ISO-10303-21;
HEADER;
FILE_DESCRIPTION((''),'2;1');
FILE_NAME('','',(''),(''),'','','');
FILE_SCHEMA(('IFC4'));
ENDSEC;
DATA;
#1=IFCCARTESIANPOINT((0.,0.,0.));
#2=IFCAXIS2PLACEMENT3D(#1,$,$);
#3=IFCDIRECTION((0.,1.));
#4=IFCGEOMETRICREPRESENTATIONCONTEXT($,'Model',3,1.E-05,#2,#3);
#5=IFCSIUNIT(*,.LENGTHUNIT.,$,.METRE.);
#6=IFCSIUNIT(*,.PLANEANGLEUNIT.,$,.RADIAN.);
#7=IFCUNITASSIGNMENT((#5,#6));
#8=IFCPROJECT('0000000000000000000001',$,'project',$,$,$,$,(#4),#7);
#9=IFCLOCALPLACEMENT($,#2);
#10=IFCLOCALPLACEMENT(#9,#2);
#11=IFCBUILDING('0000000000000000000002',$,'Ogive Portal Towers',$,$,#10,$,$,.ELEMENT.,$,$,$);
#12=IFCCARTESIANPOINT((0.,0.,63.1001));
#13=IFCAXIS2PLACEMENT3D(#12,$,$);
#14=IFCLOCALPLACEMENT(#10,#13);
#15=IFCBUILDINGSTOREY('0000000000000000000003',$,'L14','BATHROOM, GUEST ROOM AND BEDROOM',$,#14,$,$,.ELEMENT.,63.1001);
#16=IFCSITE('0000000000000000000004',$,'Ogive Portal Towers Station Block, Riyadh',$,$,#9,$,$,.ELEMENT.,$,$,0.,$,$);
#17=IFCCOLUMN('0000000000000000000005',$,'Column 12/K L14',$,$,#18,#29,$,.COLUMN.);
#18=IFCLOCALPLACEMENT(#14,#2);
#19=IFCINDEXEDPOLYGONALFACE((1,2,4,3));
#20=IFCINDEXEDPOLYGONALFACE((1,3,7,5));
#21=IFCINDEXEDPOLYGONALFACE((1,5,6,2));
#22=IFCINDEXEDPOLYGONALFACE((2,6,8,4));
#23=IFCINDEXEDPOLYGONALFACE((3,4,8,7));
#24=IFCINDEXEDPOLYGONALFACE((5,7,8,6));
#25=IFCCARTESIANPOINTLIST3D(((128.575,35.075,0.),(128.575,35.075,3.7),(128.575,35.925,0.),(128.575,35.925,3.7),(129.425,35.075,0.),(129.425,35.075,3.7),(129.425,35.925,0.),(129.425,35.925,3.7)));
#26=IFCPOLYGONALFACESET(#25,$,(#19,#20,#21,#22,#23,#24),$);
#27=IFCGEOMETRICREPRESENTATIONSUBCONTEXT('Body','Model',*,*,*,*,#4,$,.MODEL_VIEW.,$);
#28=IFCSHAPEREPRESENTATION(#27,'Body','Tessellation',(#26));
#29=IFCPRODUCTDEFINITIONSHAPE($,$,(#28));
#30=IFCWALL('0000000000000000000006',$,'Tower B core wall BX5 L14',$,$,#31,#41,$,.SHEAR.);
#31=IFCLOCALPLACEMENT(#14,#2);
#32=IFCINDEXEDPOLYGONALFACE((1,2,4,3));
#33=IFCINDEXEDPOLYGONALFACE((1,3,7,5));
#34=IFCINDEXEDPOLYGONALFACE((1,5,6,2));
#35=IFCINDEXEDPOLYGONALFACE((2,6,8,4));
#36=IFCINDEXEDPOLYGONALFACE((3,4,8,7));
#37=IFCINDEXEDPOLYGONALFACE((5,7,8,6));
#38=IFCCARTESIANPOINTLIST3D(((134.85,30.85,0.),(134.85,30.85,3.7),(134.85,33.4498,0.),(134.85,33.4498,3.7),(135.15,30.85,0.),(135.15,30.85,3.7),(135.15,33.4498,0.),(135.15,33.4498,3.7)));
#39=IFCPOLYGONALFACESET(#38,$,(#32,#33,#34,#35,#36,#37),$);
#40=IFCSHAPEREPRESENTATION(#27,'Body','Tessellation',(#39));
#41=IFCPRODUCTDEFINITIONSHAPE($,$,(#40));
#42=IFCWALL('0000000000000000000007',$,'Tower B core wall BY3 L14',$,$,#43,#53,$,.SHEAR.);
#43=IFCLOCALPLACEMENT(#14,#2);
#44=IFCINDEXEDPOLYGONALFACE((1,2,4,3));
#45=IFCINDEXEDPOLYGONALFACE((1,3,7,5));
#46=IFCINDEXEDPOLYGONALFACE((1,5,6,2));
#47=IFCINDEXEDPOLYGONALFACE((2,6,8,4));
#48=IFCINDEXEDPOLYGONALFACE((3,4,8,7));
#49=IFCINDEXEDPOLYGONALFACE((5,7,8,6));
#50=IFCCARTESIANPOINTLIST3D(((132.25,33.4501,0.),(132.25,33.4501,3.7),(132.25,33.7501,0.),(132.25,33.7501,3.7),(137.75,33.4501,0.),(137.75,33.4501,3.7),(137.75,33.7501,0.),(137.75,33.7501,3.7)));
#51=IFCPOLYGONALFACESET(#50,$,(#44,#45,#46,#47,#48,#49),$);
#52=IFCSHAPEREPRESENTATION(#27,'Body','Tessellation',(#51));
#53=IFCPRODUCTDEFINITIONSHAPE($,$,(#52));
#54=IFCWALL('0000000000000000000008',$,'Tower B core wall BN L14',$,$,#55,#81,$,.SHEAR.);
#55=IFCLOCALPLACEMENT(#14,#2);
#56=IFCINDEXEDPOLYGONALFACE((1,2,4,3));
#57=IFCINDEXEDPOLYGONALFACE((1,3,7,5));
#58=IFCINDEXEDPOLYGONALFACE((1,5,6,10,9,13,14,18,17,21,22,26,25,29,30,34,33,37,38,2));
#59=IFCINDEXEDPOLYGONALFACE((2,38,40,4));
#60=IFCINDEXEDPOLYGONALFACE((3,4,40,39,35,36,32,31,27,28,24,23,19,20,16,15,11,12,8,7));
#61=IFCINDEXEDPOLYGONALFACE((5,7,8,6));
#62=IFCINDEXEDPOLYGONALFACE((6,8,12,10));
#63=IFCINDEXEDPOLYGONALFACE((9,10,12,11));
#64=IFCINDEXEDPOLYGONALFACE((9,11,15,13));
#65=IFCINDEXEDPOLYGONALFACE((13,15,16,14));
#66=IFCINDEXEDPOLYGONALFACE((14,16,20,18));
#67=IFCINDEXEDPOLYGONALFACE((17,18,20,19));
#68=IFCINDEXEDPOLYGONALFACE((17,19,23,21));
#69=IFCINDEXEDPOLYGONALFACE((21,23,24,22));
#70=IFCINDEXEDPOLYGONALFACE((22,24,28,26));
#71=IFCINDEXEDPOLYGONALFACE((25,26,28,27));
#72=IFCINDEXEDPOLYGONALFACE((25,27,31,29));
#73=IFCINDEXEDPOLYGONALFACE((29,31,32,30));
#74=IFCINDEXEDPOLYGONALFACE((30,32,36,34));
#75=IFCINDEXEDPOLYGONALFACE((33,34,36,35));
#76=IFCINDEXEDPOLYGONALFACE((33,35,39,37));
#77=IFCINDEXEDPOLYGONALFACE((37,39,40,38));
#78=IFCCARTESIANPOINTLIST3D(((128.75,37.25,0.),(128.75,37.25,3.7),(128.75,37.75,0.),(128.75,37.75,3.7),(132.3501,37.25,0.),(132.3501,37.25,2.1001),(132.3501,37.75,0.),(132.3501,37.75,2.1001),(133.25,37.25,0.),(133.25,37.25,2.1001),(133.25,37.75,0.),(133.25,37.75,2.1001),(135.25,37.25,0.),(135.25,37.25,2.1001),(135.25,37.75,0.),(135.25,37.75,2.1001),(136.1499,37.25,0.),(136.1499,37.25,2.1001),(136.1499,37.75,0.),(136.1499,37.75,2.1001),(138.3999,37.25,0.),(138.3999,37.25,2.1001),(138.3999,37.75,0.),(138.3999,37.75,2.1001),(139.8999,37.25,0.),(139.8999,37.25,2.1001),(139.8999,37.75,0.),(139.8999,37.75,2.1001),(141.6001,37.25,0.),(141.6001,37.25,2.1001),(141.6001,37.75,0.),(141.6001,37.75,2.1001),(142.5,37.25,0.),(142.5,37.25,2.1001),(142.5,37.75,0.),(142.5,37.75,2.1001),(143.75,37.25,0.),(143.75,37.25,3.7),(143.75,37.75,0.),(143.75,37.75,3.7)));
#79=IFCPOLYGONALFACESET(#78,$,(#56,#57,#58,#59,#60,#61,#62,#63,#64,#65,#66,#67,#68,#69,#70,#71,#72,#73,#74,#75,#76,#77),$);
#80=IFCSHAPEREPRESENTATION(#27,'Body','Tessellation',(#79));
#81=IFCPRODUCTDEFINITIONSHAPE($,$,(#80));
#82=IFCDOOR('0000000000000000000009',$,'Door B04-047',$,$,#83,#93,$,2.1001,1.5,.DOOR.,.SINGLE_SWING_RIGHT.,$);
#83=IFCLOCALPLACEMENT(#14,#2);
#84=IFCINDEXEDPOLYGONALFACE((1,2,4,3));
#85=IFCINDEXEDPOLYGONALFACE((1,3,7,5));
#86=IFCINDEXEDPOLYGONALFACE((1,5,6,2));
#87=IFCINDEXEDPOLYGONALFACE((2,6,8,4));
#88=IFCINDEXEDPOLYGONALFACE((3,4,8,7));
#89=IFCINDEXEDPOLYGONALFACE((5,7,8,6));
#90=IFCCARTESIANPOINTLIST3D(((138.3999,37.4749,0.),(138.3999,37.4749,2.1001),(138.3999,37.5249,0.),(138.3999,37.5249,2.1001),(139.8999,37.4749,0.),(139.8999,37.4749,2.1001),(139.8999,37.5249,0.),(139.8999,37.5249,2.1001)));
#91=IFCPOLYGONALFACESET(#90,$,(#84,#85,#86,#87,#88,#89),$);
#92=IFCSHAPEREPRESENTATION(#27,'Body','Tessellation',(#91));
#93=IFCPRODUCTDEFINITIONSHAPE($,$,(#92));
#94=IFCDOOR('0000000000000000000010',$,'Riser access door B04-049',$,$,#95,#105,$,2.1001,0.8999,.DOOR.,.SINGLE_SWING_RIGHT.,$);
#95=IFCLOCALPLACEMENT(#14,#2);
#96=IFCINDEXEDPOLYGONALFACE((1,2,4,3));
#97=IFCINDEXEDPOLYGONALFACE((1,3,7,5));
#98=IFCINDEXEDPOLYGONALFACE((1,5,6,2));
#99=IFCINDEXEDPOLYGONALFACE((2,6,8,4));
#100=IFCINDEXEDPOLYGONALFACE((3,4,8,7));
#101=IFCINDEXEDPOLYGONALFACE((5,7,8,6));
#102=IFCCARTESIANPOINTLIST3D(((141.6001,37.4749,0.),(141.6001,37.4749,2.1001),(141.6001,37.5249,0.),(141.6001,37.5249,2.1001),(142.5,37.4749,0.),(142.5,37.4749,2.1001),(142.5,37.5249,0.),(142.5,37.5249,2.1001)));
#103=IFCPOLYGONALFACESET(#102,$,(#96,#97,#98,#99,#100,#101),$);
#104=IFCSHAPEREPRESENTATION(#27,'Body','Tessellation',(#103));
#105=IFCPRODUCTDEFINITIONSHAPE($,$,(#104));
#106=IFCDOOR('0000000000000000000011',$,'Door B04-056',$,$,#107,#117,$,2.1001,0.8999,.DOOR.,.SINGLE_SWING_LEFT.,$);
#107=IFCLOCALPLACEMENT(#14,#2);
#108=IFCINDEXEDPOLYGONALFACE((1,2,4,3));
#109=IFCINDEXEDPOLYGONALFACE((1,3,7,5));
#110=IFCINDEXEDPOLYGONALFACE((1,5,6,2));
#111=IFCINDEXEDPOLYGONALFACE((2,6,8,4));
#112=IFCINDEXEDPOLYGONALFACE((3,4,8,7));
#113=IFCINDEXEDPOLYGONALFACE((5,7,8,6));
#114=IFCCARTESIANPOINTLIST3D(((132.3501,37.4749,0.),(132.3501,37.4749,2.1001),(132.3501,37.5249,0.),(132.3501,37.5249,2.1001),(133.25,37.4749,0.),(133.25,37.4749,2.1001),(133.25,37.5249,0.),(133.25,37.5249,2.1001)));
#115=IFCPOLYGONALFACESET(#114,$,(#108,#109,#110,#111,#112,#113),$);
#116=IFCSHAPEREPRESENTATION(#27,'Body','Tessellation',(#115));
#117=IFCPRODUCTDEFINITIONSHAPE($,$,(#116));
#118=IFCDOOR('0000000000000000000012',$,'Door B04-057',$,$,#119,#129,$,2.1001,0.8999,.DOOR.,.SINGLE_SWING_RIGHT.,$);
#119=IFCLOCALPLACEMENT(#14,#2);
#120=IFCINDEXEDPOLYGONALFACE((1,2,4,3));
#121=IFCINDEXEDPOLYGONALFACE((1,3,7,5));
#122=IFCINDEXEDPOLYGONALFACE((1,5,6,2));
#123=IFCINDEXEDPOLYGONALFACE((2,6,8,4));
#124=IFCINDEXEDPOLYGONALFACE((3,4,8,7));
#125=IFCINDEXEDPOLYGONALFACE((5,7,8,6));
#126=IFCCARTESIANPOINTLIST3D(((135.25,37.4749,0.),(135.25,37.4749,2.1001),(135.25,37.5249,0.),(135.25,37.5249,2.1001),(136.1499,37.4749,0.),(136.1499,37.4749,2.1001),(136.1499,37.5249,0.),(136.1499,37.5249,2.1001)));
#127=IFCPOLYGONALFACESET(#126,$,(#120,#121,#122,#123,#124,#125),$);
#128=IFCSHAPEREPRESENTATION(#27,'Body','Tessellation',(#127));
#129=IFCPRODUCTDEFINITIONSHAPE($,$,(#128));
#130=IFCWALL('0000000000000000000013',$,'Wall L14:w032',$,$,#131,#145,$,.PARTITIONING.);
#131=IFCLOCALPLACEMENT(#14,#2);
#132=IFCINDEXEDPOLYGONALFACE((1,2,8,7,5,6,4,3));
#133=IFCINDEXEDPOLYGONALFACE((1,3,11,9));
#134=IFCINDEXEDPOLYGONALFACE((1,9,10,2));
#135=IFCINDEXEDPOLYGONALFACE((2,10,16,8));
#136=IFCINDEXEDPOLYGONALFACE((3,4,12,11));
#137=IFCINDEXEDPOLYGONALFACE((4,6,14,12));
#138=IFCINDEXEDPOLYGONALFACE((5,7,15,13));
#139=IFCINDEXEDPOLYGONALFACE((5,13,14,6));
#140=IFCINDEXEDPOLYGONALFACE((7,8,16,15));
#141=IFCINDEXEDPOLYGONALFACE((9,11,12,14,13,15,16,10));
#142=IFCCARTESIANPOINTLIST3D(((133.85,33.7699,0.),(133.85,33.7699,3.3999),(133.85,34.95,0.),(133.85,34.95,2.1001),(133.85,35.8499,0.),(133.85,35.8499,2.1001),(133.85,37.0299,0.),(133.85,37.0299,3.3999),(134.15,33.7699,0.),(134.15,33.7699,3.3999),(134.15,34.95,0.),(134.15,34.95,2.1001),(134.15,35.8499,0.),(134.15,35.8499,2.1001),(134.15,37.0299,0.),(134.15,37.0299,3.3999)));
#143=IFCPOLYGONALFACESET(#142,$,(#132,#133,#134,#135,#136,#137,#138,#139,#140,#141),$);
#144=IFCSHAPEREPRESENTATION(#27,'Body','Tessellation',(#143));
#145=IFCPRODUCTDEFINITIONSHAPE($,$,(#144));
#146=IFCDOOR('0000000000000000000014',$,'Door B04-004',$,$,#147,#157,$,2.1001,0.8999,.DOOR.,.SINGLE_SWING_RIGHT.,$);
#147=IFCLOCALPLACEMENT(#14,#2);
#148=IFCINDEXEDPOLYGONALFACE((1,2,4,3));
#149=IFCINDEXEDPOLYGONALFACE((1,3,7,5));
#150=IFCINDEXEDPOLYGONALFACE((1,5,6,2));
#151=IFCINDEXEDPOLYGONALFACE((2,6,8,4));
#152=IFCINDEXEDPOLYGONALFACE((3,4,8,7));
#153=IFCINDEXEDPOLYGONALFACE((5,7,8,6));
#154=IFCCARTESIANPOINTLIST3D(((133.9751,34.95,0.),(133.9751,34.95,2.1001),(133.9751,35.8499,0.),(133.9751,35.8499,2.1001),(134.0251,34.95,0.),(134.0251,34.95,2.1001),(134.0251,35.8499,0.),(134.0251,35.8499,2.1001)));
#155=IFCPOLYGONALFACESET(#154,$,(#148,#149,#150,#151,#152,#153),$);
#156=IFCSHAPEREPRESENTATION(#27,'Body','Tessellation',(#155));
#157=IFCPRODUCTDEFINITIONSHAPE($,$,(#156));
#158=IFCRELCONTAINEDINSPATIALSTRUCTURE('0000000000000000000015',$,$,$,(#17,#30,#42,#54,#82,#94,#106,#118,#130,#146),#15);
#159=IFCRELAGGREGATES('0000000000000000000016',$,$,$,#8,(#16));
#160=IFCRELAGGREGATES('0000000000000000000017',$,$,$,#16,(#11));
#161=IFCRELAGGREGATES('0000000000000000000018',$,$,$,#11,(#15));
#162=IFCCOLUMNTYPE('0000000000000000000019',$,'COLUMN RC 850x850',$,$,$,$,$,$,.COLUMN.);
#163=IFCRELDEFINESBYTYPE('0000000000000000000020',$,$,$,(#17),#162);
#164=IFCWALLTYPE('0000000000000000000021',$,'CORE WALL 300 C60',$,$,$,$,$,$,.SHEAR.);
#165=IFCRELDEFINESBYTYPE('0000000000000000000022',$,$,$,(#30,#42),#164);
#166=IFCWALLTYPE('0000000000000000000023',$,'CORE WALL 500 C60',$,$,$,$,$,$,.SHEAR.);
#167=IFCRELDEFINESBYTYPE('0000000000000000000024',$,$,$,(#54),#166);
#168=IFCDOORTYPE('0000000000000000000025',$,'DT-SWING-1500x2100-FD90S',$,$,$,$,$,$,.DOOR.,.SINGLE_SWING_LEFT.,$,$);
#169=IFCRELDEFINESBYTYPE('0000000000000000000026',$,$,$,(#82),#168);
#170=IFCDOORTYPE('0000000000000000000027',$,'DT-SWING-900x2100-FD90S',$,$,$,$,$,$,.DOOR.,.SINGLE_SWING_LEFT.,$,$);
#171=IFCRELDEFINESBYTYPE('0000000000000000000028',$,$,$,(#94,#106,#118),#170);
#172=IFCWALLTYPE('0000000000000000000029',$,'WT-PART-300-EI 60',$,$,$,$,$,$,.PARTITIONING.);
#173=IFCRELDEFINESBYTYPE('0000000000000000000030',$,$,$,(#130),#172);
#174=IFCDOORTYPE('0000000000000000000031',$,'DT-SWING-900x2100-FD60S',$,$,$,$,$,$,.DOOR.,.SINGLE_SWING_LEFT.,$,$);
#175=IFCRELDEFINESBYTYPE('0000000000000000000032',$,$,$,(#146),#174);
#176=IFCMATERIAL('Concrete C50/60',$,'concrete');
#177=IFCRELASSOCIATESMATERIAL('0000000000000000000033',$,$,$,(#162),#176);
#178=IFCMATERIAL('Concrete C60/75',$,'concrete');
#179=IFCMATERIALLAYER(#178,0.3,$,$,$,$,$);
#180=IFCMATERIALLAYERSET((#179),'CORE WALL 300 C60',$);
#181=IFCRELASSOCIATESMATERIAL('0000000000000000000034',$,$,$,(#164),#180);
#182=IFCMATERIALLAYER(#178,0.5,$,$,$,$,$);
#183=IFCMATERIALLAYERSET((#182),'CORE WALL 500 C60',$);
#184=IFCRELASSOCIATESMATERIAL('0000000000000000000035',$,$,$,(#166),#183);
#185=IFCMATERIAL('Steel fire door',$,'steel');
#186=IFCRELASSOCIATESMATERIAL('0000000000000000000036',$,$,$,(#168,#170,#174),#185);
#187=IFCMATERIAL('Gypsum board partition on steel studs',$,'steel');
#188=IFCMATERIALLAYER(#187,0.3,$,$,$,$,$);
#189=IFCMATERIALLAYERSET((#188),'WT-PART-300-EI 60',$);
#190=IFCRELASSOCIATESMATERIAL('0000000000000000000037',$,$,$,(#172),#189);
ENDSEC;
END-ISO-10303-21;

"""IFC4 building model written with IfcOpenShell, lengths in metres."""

from ifc_helpers import new_model, si_unit, direction, frame, frame_2d, origin, origin_2d, place, context, subcontext, project, spatial, rectangle, extrude, material, layer, layer_set, material_profile, profile_set, type_object, element, fill, save


model = new_model("IFC4")

# Units and contexts
model_context = context("Model", 3, precision=1e-05, world=origin(), true_north=direction((0.0, 1.0)))
body_context = subcontext(model_context, "Body", "Model", "MODEL_VIEW")
ifc_project = project(units=[si_unit("LENGTHUNIT", "METRE"), si_unit("PLANEANGLEUNIT", "RADIAN")], contexts=[model_context])

# Site, building, storey
site_placement = place(None, origin())
site = spatial("IfcSite", under=ifc_project, at=site_placement, Name="Ogive Portal Towers Station Block, Riyadh", CompositionType="ELEMENT", RefElevation=0.0)
building_placement = place(site_placement, origin())
building = spatial("IfcBuilding", under=site, at=building_placement, Name="Ogive Portal Towers", CompositionType="ELEMENT")
storey_placement = place(building_placement, frame((0.0, 0.0, 63.1001)))
storey = spatial("IfcBuildingStorey", under=building, at=storey_placement, Name="L14", Description="BATHROOM, GUEST ROOM AND BEDROOM", CompositionType="ELEMENT", Elevation=63.1001)

# Column
ifc_material_1 = material(Name="Concrete C50/60", Category="concrete")
ifc_material_profile = material_profile(ifc_material_1, rectangle(XDim=0.8501, YDim=0.8501, at=origin_2d()), Name="RC 850x850")
ifc_profile_set = profile_set([ifc_material_profile], Name="Concrete C50/60")
column_type = type_object("IfcColumnType", Name="COLUMN RC 850x850", PredefinedType="COLUMN", material=ifc_profile_set)
column_placement = place(storey_placement, frame((129.0, 35.5, 0.0), z_axis=(0.0, 0.0, 1.0), x_axis=(1.0, 0.0, 0.0)))
element("IfcColumn", 1, at=column_placement, inside=storey, type_object=column_type, Name="Column 12/K L14", PredefinedType="COLUMN", context=body_context, shape_type="SweptSolid", body=[
    extrude(rectangle(XDim=0.8501, YDim=0.8501, at=origin_2d()), origin(), (0.0, 0.0, 1.0), 3.7),
])

# Wall
ifc_material_2 = material(Name="Concrete C60/75", Category="concrete")
ifc_layer_1 = layer(ifc_material_2, 0.3)
ifc_layer_set_1 = layer_set([ifc_layer_1], Name="CORE WALL 300 C60")
wall_type_1 = type_object("IfcWallType", Name="CORE WALL 300 C60", PredefinedType="SHEAR", material=ifc_layer_set_1)
wall_1_placement = place(storey_placement, frame((135.0, 30.8501, 0.0), z_axis=(0.0, 0.0, 1.0), x_axis=(0.0, 1.0, 0.0)))
element("IfcWall", 2, at=wall_1_placement, inside=storey, type_object=wall_type_1, Name="Tower B core wall BX5 L14", PredefinedType="SHEAR", context=body_context, shape_type="SweptSolid", body=[
    extrude(rectangle(XDim=2.5999, YDim=0.3, at=frame_2d((1.2998, 0.0))), origin(), (0.0, 0.0, 1.0), 3.7),
])

# Wall
wall_2_placement = place(storey_placement, frame((132.25, 33.6001, 0.0), z_axis=(0.0, 0.0, 1.0), x_axis=(1.0, 0.0, 0.0)))
element("IfcWall", 3, at=wall_2_placement, inside=storey, type_object=wall_type_1, Name="Tower B core wall BY3 L14", PredefinedType="SHEAR", context=body_context, shape_type="SweptSolid", body=[
    extrude(rectangle(XDim=5.5, YDim=0.3, at=frame_2d((2.75, 0.0))), origin(), (0.0, 0.0, 1.0), 3.7),
])

# Wall, openings, doors
ifc_layer_2 = layer(ifc_material_2, 0.5)
ifc_layer_set_2 = layer_set([ifc_layer_2], Name="CORE WALL 500 C60")
wall_type_2 = type_object("IfcWallType", Name="CORE WALL 500 C60", PredefinedType="SHEAR", material=ifc_layer_set_2)
wall_3_placement = place(storey_placement, frame((128.75, 37.5, 0.0), z_axis=(0.0, 0.0, 1.0), x_axis=(1.0, 0.0, 0.0)))
wall_3 = element("IfcWall", 4, at=wall_3_placement, inside=storey, type_object=wall_type_2, Name="Tower B core wall BN L14", PredefinedType="SHEAR", context=body_context, shape_type="SweptSolid", body=[
    extrude(rectangle(XDim=15.0, YDim=0.5, at=frame_2d((7.5, 0.0))), origin(), (0.0, 0.0, 1.0), 3.7),
])
opening_1_placement = place(wall_3_placement, frame((9.6499, 0.0, 0.0)))
opening_1 = element("IfcOpeningElement", 5, at=opening_1_placement, cuts=wall_3, PredefinedType="OPENING", context=body_context, shape_type="SweptSolid", body=[
    extrude(rectangle(XDim=1.5, YDim=2.1001, at=frame_2d((0.75, 1.05))), frame((0.0, 0.26, 0.0), z_axis=(0.0, -1.0, 0.0), x_axis=(1.0, 0.0, 0.0)), (0.0, 0.0, 1.0), 0.52),
])
opening_2_placement = place(wall_3_placement, frame((12.8501, 0.0, 0.0)))
opening_2 = element("IfcOpeningElement", 6, at=opening_2_placement, cuts=wall_3, PredefinedType="OPENING", context=body_context, shape_type="SweptSolid", body=[
    extrude(rectangle(XDim=0.8999, YDim=2.1001, at=frame_2d((0.45, 1.05))), frame((0.0, 0.26, 0.0), z_axis=(0.0, -1.0, 0.0), x_axis=(1.0, 0.0, 0.0)), (0.0, 0.0, 1.0), 0.52),
])
opening_3_placement = place(wall_3_placement, frame((3.6001, 0.0, 0.0)))
opening_3 = element("IfcOpeningElement", 7, at=opening_3_placement, cuts=wall_3, PredefinedType="OPENING", context=body_context, shape_type="SweptSolid", body=[
    extrude(rectangle(XDim=0.8999, YDim=2.1001, at=frame_2d((0.45, 1.05))), frame((0.0, 0.26, 0.0), z_axis=(0.0, -1.0, 0.0), x_axis=(1.0, 0.0, 0.0)), (0.0, 0.0, 1.0), 0.52),
])
opening_4_placement = place(wall_3_placement, frame((6.5, 0.0, 0.0)))
opening_4 = element("IfcOpeningElement", 8, at=opening_4_placement, cuts=wall_3, PredefinedType="OPENING", context=body_context, shape_type="SweptSolid", body=[
    extrude(rectangle(XDim=0.8999, YDim=2.1001, at=frame_2d((0.45, 1.05))), frame((0.0, 0.26, 0.0), z_axis=(0.0, -1.0, 0.0), x_axis=(1.0, 0.0, 0.0)), (0.0, 0.0, 1.0), 0.52),
])
ifc_material_3 = material(Name="Steel fire door", Category="steel")
door_type_1 = type_object("IfcDoorType", Name="DT-SWING-1500x2100-FD90S", OperationType="SINGLE_SWING_LEFT", PredefinedType="DOOR", material=ifc_material_3)
door_1_placement = place(opening_1_placement, origin())
door_1 = element("IfcDoor", 9, at=door_1_placement, inside=storey, type_object=door_type_1, Name="Door B04-047", OperationType="SINGLE_SWING_RIGHT", OverallHeight=2.1001, OverallWidth=1.5, PredefinedType="DOOR", context=body_context, shape_type="SweptSolid", body=[
    extrude(rectangle(XDim=1.5, YDim=2.1001, at=frame_2d((0.75, 1.05))), frame((0.0, 0.0249, 0.0), z_axis=(0.0, -1.0, 0.0), x_axis=(1.0, 0.0, 0.0)), (0.0, 0.0, 1.0), 0.05),
])
fill(opening_1, door_1)
door_type_2 = type_object("IfcDoorType", Name="DT-SWING-900x2100-FD90S", OperationType="SINGLE_SWING_LEFT", PredefinedType="DOOR", material=ifc_material_3)
door_2_placement = place(opening_2_placement, origin())
door_2 = element("IfcDoor", 10, at=door_2_placement, inside=storey, type_object=door_type_2, Name="Riser access door B04-049", OperationType="SINGLE_SWING_RIGHT", OverallHeight=2.1001, OverallWidth=0.8999, PredefinedType="DOOR", context=body_context, shape_type="SweptSolid", body=[
    extrude(rectangle(XDim=0.8999, YDim=2.1001, at=frame_2d((0.45, 1.05))), frame((0.0, 0.0249, 0.0), z_axis=(0.0, -1.0, 0.0), x_axis=(1.0, 0.0, 0.0)), (0.0, 0.0, 1.0), 0.05),
])
fill(opening_2, door_2)
door_3_placement = place(opening_3_placement, origin())
door_3 = element("IfcDoor", 11, at=door_3_placement, inside=storey, type_object=door_type_2, Name="Door B04-056", OperationType="SINGLE_SWING_LEFT", OverallHeight=2.1001, OverallWidth=0.8999, PredefinedType="DOOR", context=body_context, shape_type="SweptSolid", body=[
    extrude(rectangle(XDim=0.8999, YDim=2.1001, at=frame_2d((0.45, 1.05))), frame((0.0, 0.0249, 0.0), z_axis=(0.0, -1.0, 0.0), x_axis=(1.0, 0.0, 0.0)), (0.0, 0.0, 1.0), 0.05),
])
fill(opening_3, door_3)
door_4_placement = place(opening_4_placement, origin())
door_4 = element("IfcDoor", 12, at=door_4_placement, inside=storey, type_object=door_type_2, Name="Door B04-057", OperationType="SINGLE_SWING_RIGHT", OverallHeight=2.1001, OverallWidth=0.8999, PredefinedType="DOOR", context=body_context, shape_type="SweptSolid", body=[
    extrude(rectangle(XDim=0.8999, YDim=2.1001, at=frame_2d((0.45, 1.05))), frame((0.0, 0.0249, 0.0), z_axis=(0.0, -1.0, 0.0), x_axis=(1.0, 0.0, 0.0)), (0.0, 0.0, 1.0), 0.05),
])
fill(opening_4, door_4)

# Wall, opening, door
ifc_material_4 = material(Name="Gypsum board partition on steel studs", Category="steel")
ifc_layer_3 = layer(ifc_material_4, 0.3)
ifc_layer_set_3 = layer_set([ifc_layer_3], Name="WT-PART-300-EI 60")
wall_type_3 = type_object("IfcWallType", Name="WT-PART-300-EI 60", PredefinedType="PARTITIONING", material=ifc_layer_set_3)
wall_4_placement = place(storey_placement, frame((134.0, 33.77, 0.0), z_axis=(0.0, 0.0, 1.0), x_axis=(0.0, 1.0, 0.0)))
wall_4 = element("IfcWall", 13, at=wall_4_placement, inside=storey, type_object=wall_type_3, Name="Wall L14:w032", PredefinedType="PARTITIONING", context=body_context, shape_type="SweptSolid", body=[
    extrude(rectangle(XDim=3.26, YDim=0.3, at=frame_2d((1.6299, 0.0))), origin(), (0.0, 0.0, 1.0), 3.3999),
])
opening_5_placement = place(wall_4_placement, frame((1.1799, 0.0, 0.0)))
opening_5 = element("IfcOpeningElement", 14, at=opening_5_placement, cuts=wall_4, PredefinedType="OPENING", context=body_context, shape_type="SweptSolid", body=[
    extrude(rectangle(XDim=0.8999, YDim=2.1001, at=frame_2d((0.45, 1.05))), frame((0.0, 0.1602, 0.0), z_axis=(0.0, -1.0, 0.0), x_axis=(1.0, 0.0, 0.0)), (0.0, 0.0, 1.0), 0.3201),
])
door_type_3 = type_object("IfcDoorType", Name="DT-SWING-900x2100-FD60S", OperationType="SINGLE_SWING_LEFT", PredefinedType="DOOR", material=ifc_material_3)
door_5_placement = place(opening_5_placement, origin())
door_5 = element("IfcDoor", 15, at=door_5_placement, inside=storey, type_object=door_type_3, Name="Door B04-004", OperationType="SINGLE_SWING_RIGHT", OverallHeight=2.1001, OverallWidth=0.8999, PredefinedType="DOOR", context=body_context, shape_type="SweptSolid", body=[
    extrude(rectangle(XDim=0.8999, YDim=2.1001, at=frame_2d((0.45, 1.05))), frame((0.0, 0.0249, 0.0), z_axis=(0.0, -1.0, 0.0), x_axis=(1.0, 0.0, 0.0)), (0.0, 0.0, 1.0), 0.05),
])
fill(opening_5, door_5)

save(model, "model.ifc")
